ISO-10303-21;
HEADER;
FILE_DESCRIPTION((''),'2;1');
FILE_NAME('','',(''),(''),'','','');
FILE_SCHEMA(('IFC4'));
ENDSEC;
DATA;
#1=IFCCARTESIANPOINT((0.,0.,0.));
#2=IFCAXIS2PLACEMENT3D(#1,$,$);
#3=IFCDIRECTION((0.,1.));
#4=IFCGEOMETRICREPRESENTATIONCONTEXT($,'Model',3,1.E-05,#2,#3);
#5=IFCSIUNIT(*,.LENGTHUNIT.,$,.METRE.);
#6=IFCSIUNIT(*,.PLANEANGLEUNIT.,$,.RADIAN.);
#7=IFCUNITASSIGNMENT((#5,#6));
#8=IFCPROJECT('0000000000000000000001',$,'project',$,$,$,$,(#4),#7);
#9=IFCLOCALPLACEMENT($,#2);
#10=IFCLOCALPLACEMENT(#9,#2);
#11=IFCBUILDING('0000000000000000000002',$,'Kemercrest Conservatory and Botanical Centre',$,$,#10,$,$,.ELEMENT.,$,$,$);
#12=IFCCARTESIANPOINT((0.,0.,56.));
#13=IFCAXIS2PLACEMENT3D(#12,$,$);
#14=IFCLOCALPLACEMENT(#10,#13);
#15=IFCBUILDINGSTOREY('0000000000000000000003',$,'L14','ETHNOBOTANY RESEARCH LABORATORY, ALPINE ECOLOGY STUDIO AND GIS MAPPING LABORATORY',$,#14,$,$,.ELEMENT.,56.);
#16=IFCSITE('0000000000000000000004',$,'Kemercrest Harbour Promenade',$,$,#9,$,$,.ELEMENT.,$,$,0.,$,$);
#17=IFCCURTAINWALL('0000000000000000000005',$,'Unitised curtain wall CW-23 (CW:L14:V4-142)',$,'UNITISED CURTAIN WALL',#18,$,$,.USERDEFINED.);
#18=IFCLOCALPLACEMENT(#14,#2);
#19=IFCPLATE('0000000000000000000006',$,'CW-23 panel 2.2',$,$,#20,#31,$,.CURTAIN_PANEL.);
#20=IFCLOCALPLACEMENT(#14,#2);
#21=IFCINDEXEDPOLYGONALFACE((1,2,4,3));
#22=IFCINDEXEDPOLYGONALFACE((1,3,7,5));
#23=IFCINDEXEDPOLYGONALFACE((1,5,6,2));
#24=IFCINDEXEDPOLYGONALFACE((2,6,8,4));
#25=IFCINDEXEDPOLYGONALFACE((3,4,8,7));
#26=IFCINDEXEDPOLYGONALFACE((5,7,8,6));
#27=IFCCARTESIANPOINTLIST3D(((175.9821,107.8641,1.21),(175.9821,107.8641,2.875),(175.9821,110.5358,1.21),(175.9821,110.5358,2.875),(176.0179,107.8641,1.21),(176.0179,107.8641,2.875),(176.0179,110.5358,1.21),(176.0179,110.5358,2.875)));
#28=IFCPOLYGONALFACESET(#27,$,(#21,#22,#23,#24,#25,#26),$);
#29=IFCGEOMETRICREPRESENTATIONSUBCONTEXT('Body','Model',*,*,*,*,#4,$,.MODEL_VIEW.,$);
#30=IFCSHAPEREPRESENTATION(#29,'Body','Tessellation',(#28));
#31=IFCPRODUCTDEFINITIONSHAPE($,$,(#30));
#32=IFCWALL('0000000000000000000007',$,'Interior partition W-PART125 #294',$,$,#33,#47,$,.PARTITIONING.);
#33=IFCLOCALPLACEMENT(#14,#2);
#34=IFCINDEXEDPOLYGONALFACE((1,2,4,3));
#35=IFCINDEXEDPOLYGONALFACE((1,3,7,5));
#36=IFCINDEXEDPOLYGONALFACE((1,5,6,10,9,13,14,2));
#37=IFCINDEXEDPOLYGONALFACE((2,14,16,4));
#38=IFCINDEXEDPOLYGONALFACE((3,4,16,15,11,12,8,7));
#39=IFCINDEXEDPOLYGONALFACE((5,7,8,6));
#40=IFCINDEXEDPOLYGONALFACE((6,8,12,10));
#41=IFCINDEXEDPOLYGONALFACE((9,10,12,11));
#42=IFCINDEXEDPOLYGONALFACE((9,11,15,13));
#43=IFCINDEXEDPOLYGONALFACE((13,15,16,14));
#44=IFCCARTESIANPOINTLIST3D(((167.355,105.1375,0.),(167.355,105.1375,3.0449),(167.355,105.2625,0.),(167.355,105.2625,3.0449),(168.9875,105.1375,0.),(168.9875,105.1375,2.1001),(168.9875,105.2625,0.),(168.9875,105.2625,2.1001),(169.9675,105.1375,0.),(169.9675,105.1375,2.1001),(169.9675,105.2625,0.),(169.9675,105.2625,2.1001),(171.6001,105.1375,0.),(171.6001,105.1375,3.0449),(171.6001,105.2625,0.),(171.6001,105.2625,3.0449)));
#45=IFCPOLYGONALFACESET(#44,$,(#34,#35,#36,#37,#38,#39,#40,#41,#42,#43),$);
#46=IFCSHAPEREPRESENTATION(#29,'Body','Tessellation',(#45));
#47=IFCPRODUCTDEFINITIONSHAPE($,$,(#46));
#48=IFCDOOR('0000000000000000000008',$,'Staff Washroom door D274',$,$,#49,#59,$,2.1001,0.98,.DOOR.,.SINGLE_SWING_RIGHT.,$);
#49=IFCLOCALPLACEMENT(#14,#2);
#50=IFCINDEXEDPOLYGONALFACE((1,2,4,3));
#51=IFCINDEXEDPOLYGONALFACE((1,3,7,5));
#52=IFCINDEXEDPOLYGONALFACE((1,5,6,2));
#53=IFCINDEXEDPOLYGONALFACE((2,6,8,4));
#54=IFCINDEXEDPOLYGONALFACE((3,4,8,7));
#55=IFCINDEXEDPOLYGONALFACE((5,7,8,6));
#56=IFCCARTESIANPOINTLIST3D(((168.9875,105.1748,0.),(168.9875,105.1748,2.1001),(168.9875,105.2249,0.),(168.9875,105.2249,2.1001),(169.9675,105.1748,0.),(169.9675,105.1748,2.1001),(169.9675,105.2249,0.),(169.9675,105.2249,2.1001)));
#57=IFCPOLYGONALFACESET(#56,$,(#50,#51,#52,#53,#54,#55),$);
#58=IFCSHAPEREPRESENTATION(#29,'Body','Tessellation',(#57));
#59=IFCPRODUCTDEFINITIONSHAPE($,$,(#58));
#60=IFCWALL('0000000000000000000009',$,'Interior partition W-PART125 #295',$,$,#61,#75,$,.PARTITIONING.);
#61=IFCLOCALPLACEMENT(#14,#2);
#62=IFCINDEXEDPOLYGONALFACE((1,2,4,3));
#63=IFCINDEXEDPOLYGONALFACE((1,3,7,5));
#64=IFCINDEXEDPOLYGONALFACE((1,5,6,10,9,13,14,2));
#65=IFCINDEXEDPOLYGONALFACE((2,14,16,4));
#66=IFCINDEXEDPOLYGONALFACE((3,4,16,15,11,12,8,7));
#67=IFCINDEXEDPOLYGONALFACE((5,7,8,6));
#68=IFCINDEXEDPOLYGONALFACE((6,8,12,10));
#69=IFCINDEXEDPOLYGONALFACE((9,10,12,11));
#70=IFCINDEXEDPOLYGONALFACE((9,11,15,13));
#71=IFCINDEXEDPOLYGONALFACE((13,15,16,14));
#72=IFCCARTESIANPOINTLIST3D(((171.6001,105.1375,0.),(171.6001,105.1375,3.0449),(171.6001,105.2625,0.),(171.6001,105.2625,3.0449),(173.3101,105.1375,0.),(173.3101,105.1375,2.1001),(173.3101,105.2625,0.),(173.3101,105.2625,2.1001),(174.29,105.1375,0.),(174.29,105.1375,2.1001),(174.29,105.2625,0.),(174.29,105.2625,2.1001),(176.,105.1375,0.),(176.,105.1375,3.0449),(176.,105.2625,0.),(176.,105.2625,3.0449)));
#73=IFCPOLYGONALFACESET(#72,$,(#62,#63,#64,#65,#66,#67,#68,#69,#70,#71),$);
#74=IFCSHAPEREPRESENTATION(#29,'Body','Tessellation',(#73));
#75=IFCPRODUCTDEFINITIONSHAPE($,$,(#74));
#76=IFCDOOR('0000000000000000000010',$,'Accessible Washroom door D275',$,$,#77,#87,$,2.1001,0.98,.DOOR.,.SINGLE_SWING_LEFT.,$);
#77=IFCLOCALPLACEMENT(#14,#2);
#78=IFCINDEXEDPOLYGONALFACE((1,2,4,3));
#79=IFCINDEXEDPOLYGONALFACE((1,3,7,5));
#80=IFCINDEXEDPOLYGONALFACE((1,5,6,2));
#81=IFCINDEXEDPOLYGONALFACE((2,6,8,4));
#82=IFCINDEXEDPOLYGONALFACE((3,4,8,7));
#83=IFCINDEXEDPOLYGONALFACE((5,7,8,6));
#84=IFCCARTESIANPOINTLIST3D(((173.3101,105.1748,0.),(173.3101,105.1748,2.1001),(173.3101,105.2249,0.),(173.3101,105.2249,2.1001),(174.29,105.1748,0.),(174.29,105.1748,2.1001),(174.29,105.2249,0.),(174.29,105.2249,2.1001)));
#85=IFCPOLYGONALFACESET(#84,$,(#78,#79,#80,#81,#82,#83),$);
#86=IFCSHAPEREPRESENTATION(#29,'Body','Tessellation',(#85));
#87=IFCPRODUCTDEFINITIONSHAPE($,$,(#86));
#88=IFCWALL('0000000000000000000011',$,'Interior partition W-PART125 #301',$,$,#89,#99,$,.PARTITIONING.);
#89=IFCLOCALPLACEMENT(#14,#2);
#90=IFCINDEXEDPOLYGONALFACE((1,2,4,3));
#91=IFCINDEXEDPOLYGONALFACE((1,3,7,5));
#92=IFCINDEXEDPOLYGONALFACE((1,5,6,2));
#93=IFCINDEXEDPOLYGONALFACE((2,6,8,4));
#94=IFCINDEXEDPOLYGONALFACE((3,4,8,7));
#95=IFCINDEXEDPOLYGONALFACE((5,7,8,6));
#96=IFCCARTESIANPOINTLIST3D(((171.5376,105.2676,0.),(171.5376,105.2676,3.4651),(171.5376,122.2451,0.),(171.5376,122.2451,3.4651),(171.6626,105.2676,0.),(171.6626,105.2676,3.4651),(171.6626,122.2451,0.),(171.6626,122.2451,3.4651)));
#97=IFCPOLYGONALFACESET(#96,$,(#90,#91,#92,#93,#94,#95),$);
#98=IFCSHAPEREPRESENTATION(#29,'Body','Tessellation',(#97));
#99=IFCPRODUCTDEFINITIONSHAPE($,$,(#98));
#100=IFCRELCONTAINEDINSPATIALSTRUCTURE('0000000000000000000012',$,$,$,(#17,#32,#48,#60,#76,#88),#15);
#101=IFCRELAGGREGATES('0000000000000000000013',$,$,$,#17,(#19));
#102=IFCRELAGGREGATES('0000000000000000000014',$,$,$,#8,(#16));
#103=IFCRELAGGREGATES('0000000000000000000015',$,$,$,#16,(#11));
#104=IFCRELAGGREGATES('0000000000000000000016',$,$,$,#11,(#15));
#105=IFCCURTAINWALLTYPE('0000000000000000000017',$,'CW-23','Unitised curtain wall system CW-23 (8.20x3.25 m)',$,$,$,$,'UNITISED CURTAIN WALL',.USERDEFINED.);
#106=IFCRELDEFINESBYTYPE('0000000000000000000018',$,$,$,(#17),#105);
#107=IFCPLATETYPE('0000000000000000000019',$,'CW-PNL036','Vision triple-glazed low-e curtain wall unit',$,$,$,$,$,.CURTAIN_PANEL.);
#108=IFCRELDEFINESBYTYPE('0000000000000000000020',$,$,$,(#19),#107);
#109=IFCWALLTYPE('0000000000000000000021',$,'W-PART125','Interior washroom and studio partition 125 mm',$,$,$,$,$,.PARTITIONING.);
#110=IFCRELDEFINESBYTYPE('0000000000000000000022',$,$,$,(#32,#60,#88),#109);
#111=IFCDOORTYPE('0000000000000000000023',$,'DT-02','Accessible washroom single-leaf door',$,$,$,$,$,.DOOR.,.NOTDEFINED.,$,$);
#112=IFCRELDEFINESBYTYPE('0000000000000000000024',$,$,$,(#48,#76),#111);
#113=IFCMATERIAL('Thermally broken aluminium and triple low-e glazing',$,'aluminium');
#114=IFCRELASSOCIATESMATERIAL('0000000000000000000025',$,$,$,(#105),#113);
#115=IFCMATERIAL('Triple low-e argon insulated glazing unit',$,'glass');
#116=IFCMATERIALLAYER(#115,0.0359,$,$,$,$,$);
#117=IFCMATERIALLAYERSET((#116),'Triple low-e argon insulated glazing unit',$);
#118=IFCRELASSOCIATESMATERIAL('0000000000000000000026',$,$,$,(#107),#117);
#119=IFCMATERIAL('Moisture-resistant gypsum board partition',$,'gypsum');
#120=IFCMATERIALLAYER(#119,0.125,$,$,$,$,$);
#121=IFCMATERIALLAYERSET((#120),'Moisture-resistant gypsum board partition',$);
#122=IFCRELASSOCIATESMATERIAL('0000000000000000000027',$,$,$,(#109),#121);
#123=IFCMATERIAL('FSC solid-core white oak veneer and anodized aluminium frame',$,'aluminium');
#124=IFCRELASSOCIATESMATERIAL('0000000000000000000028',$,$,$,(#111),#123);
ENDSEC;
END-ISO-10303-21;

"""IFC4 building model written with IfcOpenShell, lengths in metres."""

from ifc_helpers import new_model, si_unit, direction, frame, frame_2d, origin, origin_2d, place, context, subcontext, project, spatial, rectangle, extrude, material, layer, layer_set, type_object, element, fill, aggregate, save


model = new_model("IFC4")

# Units and contexts
model_context = context("Model", 3, precision=1e-05, world=origin(), true_north=direction((0.0, 1.0)))
body_context = subcontext(model_context, "Body", "Model", "MODEL_VIEW")
ifc_project = project(units=[si_unit("LENGTHUNIT", "METRE"), si_unit("PLANEANGLEUNIT", "RADIAN")], contexts=[model_context])

# Site, building, storey
site_placement = place(None, origin())
site = spatial("IfcSite", under=ifc_project, at=site_placement, Name="Kemercrest Harbour Promenade", CompositionType="ELEMENT", RefElevation=0.0)
building_placement = place(site_placement, origin())
building = spatial("IfcBuilding", under=site, at=building_placement, Name="Kemercrest Conservatory and Botanical Centre", CompositionType="ELEMENT")
storey_placement = place(building_placement, frame((0.0, 0.0, 56.0)))
storey = spatial("IfcBuildingStorey", under=building, at=storey_placement, Name="L14", Description="ETHNOBOTANY RESEARCH LABORATORY, ALPINE ECOLOGY STUDIO AND GIS MAPPING LABORATORY", CompositionType="ELEMENT", Elevation=56.0)

# Curtain wall
ifc_material_1 = material(Name="Thermally broken aluminium and triple low-e glazing", Category="aluminium")
curtain_wall_type = type_object("IfcCurtainWallType", Name="CW-23", Description="Unitised curtain wall system CW-23 (8.20x3.25 m)", ElementType="UNITISED CURTAIN WALL", PredefinedType="USERDEFINED", material=ifc_material_1)
curtain_wall_placement = place(storey_placement, origin())
curtain_wall = element("IfcCurtainWall", 1, at=curtain_wall_placement, inside=storey, type_object=curtain_wall_type, Name="Unitised curtain wall CW-23 (CW:L14:V4-142)", ObjectType="UNITISED CURTAIN WALL", PredefinedType="USERDEFINED")

# Plate
ifc_material_2 = material(Name="Triple low-e argon insulated glazing unit", Category="glass")
ifc_layer_1 = layer(ifc_material_2, 0.0359)
ifc_layer_set_1 = layer_set([ifc_layer_1], Name="Triple low-e argon insulated glazing unit")
plate_type = type_object("IfcPlateType", Name="CW-PNL036", Description="Vision triple-glazed low-e curtain wall unit", PredefinedType="CURTAIN_PANEL", material=ifc_layer_set_1)
plate_1_placement = place(storey_placement, frame((176.0, 109.2, 1.21), z_axis=(0.0, 0.0, 1.0), x_axis=(0.0, 1.0, 0.0)))
plate_1 = element("IfcPlate", 2, at=plate_1_placement, type_object=plate_type, Name="CW-23 panel 2.2", PredefinedType="CURTAIN_PANEL", context=body_context, shape_type="SweptSolid", body=[
    extrude(rectangle(XDim=2.6716, YDim=0.0359, at=origin_2d()), origin(), (0.0, 0.0, 1.0), 1.665),
])
aggregate(curtain_wall, [plate_1])

# Walls, openings, doors
ifc_material_3 = material(Name="Moisture-resistant gypsum board partition", Category="gypsum")
ifc_layer_2 = layer(ifc_material_3, 0.125)
ifc_layer_set_2 = layer_set([ifc_layer_2], Name="Moisture-resistant gypsum board partition")
wall_type = type_object("IfcWallType", Name="W-PART125", Description="Interior washroom and studio partition 125 mm", PredefinedType="PARTITIONING", material=ifc_layer_set_2)
wall_1_placement = place(storey_placement, frame((167.355, 105.2, 0.0), z_axis=(0.0, 0.0, 1.0), x_axis=(1.0, 0.0, 0.0)))
wall_1 = element("IfcWall", 3, at=wall_1_placement, inside=storey, type_object=wall_type, Name="Interior partition W-PART125 #294", PredefinedType="PARTITIONING", context=body_context, shape_type="SweptSolid", body=[
    extrude(rectangle(XDim=4.2451, YDim=0.125, at=frame_2d((2.1226, 0.0))), origin(), (0.0, 0.0, 1.0), 3.0449),
])
opening_1_placement = place(wall_1_placement, frame((1.6326, 0.0, 0.0)))
opening_1 = element("IfcOpeningElement", 4, at=opening_1_placement, cuts=wall_1, PredefinedType="OPENING", context=body_context, shape_type="SweptSolid", body=[
    extrude(rectangle(XDim=0.98, YDim=2.1001, at=frame_2d((0.49, 1.05))), frame((0.0, 0.0725, 0.0), z_axis=(0.0, -1.0, 0.0), x_axis=(1.0, 0.0, 0.0)), (0.0, 0.0, 1.0), 0.145),
])
ifc_material_4 = material(Name="FSC solid-core white oak veneer and anodized aluminium frame", Category="aluminium")
door_type = type_object("IfcDoorType", Name="DT-02", Description="Accessible washroom single-leaf door", OperationType="NOTDEFINED", PredefinedType="DOOR", material=ifc_material_4)
door_1_placement = place(opening_1_placement, origin())
door_1 = element("IfcDoor", 5, at=door_1_placement, inside=storey, type_object=door_type, Name="Staff Washroom door D274", OperationType="SINGLE_SWING_RIGHT", OverallHeight=2.1001, OverallWidth=0.98, PredefinedType="DOOR", context=body_context, shape_type="SweptSolid", body=[
    extrude(rectangle(XDim=0.98, YDim=2.1001, at=frame_2d((0.49, 1.05))), frame((0.0, 0.0249, 0.0), z_axis=(0.0, -1.0, 0.0), x_axis=(1.0, 0.0, 0.0)), (0.0, 0.0, 1.0), 0.05),
])
fill(opening_1, door_1)
wall_2_placement = place(storey_placement, frame((171.6001, 105.2, 0.0), z_axis=(0.0, 0.0, 1.0), x_axis=(1.0, 0.0, 0.0)))
wall_2 = element("IfcWall", 6, at=wall_2_placement, inside=storey, type_object=wall_type, Name="Interior partition W-PART125 #295", PredefinedType="PARTITIONING", context=body_context, shape_type="SweptSolid", body=[
    extrude(rectangle(XDim=4.3999, YDim=0.125, at=frame_2d((2.2, 0.0))), origin(), (0.0, 0.0, 1.0), 3.0449),
])
opening_2_placement = place(wall_2_placement, frame((1.71, 0.0, 0.0)))
opening_2 = element("IfcOpeningElement", 7, at=opening_2_placement, cuts=wall_2, PredefinedType="OPENING", context=body_context, shape_type="SweptSolid", body=[
    extrude(rectangle(XDim=0.98, YDim=2.1001, at=frame_2d((0.49, 1.05))), frame((0.0, 0.0725, 0.0), z_axis=(0.0, -1.0, 0.0), x_axis=(1.0, 0.0, 0.0)), (0.0, 0.0, 1.0), 0.145),
])
door_2_placement = place(opening_2_placement, origin())
door_2 = element("IfcDoor", 8, at=door_2_placement, inside=storey, type_object=door_type, Name="Accessible Washroom door D275", OperationType="SINGLE_SWING_LEFT", OverallHeight=2.1001, OverallWidth=0.98, PredefinedType="DOOR", context=body_context, shape_type="SweptSolid", body=[
    extrude(rectangle(XDim=0.98, YDim=2.1001, at=frame_2d((0.49, 1.05))), frame((0.0, 0.0249, 0.0), z_axis=(0.0, -1.0, 0.0), x_axis=(1.0, 0.0, 0.0)), (0.0, 0.0, 1.0), 0.05),
])
fill(opening_2, door_2)

# Wall
wall_3_placement = place(storey_placement, frame((171.6001, 105.2676, 0.0), z_axis=(0.0, 0.0, 1.0), x_axis=(0.0, 1.0, 0.0)))
element("IfcWall", 9, at=wall_3_placement, inside=storey, type_object=wall_type, Name="Interior partition W-PART125 #301", PredefinedType="PARTITIONING", context=body_context, shape_type="SweptSolid", body=[
    extrude(rectangle(XDim=16.9775, YDim=0.125, at=frame_2d((8.4888, 0.0))), origin(), (0.0, 0.0, 1.0), 3.4651),
])

save(model, "model.ifc")
